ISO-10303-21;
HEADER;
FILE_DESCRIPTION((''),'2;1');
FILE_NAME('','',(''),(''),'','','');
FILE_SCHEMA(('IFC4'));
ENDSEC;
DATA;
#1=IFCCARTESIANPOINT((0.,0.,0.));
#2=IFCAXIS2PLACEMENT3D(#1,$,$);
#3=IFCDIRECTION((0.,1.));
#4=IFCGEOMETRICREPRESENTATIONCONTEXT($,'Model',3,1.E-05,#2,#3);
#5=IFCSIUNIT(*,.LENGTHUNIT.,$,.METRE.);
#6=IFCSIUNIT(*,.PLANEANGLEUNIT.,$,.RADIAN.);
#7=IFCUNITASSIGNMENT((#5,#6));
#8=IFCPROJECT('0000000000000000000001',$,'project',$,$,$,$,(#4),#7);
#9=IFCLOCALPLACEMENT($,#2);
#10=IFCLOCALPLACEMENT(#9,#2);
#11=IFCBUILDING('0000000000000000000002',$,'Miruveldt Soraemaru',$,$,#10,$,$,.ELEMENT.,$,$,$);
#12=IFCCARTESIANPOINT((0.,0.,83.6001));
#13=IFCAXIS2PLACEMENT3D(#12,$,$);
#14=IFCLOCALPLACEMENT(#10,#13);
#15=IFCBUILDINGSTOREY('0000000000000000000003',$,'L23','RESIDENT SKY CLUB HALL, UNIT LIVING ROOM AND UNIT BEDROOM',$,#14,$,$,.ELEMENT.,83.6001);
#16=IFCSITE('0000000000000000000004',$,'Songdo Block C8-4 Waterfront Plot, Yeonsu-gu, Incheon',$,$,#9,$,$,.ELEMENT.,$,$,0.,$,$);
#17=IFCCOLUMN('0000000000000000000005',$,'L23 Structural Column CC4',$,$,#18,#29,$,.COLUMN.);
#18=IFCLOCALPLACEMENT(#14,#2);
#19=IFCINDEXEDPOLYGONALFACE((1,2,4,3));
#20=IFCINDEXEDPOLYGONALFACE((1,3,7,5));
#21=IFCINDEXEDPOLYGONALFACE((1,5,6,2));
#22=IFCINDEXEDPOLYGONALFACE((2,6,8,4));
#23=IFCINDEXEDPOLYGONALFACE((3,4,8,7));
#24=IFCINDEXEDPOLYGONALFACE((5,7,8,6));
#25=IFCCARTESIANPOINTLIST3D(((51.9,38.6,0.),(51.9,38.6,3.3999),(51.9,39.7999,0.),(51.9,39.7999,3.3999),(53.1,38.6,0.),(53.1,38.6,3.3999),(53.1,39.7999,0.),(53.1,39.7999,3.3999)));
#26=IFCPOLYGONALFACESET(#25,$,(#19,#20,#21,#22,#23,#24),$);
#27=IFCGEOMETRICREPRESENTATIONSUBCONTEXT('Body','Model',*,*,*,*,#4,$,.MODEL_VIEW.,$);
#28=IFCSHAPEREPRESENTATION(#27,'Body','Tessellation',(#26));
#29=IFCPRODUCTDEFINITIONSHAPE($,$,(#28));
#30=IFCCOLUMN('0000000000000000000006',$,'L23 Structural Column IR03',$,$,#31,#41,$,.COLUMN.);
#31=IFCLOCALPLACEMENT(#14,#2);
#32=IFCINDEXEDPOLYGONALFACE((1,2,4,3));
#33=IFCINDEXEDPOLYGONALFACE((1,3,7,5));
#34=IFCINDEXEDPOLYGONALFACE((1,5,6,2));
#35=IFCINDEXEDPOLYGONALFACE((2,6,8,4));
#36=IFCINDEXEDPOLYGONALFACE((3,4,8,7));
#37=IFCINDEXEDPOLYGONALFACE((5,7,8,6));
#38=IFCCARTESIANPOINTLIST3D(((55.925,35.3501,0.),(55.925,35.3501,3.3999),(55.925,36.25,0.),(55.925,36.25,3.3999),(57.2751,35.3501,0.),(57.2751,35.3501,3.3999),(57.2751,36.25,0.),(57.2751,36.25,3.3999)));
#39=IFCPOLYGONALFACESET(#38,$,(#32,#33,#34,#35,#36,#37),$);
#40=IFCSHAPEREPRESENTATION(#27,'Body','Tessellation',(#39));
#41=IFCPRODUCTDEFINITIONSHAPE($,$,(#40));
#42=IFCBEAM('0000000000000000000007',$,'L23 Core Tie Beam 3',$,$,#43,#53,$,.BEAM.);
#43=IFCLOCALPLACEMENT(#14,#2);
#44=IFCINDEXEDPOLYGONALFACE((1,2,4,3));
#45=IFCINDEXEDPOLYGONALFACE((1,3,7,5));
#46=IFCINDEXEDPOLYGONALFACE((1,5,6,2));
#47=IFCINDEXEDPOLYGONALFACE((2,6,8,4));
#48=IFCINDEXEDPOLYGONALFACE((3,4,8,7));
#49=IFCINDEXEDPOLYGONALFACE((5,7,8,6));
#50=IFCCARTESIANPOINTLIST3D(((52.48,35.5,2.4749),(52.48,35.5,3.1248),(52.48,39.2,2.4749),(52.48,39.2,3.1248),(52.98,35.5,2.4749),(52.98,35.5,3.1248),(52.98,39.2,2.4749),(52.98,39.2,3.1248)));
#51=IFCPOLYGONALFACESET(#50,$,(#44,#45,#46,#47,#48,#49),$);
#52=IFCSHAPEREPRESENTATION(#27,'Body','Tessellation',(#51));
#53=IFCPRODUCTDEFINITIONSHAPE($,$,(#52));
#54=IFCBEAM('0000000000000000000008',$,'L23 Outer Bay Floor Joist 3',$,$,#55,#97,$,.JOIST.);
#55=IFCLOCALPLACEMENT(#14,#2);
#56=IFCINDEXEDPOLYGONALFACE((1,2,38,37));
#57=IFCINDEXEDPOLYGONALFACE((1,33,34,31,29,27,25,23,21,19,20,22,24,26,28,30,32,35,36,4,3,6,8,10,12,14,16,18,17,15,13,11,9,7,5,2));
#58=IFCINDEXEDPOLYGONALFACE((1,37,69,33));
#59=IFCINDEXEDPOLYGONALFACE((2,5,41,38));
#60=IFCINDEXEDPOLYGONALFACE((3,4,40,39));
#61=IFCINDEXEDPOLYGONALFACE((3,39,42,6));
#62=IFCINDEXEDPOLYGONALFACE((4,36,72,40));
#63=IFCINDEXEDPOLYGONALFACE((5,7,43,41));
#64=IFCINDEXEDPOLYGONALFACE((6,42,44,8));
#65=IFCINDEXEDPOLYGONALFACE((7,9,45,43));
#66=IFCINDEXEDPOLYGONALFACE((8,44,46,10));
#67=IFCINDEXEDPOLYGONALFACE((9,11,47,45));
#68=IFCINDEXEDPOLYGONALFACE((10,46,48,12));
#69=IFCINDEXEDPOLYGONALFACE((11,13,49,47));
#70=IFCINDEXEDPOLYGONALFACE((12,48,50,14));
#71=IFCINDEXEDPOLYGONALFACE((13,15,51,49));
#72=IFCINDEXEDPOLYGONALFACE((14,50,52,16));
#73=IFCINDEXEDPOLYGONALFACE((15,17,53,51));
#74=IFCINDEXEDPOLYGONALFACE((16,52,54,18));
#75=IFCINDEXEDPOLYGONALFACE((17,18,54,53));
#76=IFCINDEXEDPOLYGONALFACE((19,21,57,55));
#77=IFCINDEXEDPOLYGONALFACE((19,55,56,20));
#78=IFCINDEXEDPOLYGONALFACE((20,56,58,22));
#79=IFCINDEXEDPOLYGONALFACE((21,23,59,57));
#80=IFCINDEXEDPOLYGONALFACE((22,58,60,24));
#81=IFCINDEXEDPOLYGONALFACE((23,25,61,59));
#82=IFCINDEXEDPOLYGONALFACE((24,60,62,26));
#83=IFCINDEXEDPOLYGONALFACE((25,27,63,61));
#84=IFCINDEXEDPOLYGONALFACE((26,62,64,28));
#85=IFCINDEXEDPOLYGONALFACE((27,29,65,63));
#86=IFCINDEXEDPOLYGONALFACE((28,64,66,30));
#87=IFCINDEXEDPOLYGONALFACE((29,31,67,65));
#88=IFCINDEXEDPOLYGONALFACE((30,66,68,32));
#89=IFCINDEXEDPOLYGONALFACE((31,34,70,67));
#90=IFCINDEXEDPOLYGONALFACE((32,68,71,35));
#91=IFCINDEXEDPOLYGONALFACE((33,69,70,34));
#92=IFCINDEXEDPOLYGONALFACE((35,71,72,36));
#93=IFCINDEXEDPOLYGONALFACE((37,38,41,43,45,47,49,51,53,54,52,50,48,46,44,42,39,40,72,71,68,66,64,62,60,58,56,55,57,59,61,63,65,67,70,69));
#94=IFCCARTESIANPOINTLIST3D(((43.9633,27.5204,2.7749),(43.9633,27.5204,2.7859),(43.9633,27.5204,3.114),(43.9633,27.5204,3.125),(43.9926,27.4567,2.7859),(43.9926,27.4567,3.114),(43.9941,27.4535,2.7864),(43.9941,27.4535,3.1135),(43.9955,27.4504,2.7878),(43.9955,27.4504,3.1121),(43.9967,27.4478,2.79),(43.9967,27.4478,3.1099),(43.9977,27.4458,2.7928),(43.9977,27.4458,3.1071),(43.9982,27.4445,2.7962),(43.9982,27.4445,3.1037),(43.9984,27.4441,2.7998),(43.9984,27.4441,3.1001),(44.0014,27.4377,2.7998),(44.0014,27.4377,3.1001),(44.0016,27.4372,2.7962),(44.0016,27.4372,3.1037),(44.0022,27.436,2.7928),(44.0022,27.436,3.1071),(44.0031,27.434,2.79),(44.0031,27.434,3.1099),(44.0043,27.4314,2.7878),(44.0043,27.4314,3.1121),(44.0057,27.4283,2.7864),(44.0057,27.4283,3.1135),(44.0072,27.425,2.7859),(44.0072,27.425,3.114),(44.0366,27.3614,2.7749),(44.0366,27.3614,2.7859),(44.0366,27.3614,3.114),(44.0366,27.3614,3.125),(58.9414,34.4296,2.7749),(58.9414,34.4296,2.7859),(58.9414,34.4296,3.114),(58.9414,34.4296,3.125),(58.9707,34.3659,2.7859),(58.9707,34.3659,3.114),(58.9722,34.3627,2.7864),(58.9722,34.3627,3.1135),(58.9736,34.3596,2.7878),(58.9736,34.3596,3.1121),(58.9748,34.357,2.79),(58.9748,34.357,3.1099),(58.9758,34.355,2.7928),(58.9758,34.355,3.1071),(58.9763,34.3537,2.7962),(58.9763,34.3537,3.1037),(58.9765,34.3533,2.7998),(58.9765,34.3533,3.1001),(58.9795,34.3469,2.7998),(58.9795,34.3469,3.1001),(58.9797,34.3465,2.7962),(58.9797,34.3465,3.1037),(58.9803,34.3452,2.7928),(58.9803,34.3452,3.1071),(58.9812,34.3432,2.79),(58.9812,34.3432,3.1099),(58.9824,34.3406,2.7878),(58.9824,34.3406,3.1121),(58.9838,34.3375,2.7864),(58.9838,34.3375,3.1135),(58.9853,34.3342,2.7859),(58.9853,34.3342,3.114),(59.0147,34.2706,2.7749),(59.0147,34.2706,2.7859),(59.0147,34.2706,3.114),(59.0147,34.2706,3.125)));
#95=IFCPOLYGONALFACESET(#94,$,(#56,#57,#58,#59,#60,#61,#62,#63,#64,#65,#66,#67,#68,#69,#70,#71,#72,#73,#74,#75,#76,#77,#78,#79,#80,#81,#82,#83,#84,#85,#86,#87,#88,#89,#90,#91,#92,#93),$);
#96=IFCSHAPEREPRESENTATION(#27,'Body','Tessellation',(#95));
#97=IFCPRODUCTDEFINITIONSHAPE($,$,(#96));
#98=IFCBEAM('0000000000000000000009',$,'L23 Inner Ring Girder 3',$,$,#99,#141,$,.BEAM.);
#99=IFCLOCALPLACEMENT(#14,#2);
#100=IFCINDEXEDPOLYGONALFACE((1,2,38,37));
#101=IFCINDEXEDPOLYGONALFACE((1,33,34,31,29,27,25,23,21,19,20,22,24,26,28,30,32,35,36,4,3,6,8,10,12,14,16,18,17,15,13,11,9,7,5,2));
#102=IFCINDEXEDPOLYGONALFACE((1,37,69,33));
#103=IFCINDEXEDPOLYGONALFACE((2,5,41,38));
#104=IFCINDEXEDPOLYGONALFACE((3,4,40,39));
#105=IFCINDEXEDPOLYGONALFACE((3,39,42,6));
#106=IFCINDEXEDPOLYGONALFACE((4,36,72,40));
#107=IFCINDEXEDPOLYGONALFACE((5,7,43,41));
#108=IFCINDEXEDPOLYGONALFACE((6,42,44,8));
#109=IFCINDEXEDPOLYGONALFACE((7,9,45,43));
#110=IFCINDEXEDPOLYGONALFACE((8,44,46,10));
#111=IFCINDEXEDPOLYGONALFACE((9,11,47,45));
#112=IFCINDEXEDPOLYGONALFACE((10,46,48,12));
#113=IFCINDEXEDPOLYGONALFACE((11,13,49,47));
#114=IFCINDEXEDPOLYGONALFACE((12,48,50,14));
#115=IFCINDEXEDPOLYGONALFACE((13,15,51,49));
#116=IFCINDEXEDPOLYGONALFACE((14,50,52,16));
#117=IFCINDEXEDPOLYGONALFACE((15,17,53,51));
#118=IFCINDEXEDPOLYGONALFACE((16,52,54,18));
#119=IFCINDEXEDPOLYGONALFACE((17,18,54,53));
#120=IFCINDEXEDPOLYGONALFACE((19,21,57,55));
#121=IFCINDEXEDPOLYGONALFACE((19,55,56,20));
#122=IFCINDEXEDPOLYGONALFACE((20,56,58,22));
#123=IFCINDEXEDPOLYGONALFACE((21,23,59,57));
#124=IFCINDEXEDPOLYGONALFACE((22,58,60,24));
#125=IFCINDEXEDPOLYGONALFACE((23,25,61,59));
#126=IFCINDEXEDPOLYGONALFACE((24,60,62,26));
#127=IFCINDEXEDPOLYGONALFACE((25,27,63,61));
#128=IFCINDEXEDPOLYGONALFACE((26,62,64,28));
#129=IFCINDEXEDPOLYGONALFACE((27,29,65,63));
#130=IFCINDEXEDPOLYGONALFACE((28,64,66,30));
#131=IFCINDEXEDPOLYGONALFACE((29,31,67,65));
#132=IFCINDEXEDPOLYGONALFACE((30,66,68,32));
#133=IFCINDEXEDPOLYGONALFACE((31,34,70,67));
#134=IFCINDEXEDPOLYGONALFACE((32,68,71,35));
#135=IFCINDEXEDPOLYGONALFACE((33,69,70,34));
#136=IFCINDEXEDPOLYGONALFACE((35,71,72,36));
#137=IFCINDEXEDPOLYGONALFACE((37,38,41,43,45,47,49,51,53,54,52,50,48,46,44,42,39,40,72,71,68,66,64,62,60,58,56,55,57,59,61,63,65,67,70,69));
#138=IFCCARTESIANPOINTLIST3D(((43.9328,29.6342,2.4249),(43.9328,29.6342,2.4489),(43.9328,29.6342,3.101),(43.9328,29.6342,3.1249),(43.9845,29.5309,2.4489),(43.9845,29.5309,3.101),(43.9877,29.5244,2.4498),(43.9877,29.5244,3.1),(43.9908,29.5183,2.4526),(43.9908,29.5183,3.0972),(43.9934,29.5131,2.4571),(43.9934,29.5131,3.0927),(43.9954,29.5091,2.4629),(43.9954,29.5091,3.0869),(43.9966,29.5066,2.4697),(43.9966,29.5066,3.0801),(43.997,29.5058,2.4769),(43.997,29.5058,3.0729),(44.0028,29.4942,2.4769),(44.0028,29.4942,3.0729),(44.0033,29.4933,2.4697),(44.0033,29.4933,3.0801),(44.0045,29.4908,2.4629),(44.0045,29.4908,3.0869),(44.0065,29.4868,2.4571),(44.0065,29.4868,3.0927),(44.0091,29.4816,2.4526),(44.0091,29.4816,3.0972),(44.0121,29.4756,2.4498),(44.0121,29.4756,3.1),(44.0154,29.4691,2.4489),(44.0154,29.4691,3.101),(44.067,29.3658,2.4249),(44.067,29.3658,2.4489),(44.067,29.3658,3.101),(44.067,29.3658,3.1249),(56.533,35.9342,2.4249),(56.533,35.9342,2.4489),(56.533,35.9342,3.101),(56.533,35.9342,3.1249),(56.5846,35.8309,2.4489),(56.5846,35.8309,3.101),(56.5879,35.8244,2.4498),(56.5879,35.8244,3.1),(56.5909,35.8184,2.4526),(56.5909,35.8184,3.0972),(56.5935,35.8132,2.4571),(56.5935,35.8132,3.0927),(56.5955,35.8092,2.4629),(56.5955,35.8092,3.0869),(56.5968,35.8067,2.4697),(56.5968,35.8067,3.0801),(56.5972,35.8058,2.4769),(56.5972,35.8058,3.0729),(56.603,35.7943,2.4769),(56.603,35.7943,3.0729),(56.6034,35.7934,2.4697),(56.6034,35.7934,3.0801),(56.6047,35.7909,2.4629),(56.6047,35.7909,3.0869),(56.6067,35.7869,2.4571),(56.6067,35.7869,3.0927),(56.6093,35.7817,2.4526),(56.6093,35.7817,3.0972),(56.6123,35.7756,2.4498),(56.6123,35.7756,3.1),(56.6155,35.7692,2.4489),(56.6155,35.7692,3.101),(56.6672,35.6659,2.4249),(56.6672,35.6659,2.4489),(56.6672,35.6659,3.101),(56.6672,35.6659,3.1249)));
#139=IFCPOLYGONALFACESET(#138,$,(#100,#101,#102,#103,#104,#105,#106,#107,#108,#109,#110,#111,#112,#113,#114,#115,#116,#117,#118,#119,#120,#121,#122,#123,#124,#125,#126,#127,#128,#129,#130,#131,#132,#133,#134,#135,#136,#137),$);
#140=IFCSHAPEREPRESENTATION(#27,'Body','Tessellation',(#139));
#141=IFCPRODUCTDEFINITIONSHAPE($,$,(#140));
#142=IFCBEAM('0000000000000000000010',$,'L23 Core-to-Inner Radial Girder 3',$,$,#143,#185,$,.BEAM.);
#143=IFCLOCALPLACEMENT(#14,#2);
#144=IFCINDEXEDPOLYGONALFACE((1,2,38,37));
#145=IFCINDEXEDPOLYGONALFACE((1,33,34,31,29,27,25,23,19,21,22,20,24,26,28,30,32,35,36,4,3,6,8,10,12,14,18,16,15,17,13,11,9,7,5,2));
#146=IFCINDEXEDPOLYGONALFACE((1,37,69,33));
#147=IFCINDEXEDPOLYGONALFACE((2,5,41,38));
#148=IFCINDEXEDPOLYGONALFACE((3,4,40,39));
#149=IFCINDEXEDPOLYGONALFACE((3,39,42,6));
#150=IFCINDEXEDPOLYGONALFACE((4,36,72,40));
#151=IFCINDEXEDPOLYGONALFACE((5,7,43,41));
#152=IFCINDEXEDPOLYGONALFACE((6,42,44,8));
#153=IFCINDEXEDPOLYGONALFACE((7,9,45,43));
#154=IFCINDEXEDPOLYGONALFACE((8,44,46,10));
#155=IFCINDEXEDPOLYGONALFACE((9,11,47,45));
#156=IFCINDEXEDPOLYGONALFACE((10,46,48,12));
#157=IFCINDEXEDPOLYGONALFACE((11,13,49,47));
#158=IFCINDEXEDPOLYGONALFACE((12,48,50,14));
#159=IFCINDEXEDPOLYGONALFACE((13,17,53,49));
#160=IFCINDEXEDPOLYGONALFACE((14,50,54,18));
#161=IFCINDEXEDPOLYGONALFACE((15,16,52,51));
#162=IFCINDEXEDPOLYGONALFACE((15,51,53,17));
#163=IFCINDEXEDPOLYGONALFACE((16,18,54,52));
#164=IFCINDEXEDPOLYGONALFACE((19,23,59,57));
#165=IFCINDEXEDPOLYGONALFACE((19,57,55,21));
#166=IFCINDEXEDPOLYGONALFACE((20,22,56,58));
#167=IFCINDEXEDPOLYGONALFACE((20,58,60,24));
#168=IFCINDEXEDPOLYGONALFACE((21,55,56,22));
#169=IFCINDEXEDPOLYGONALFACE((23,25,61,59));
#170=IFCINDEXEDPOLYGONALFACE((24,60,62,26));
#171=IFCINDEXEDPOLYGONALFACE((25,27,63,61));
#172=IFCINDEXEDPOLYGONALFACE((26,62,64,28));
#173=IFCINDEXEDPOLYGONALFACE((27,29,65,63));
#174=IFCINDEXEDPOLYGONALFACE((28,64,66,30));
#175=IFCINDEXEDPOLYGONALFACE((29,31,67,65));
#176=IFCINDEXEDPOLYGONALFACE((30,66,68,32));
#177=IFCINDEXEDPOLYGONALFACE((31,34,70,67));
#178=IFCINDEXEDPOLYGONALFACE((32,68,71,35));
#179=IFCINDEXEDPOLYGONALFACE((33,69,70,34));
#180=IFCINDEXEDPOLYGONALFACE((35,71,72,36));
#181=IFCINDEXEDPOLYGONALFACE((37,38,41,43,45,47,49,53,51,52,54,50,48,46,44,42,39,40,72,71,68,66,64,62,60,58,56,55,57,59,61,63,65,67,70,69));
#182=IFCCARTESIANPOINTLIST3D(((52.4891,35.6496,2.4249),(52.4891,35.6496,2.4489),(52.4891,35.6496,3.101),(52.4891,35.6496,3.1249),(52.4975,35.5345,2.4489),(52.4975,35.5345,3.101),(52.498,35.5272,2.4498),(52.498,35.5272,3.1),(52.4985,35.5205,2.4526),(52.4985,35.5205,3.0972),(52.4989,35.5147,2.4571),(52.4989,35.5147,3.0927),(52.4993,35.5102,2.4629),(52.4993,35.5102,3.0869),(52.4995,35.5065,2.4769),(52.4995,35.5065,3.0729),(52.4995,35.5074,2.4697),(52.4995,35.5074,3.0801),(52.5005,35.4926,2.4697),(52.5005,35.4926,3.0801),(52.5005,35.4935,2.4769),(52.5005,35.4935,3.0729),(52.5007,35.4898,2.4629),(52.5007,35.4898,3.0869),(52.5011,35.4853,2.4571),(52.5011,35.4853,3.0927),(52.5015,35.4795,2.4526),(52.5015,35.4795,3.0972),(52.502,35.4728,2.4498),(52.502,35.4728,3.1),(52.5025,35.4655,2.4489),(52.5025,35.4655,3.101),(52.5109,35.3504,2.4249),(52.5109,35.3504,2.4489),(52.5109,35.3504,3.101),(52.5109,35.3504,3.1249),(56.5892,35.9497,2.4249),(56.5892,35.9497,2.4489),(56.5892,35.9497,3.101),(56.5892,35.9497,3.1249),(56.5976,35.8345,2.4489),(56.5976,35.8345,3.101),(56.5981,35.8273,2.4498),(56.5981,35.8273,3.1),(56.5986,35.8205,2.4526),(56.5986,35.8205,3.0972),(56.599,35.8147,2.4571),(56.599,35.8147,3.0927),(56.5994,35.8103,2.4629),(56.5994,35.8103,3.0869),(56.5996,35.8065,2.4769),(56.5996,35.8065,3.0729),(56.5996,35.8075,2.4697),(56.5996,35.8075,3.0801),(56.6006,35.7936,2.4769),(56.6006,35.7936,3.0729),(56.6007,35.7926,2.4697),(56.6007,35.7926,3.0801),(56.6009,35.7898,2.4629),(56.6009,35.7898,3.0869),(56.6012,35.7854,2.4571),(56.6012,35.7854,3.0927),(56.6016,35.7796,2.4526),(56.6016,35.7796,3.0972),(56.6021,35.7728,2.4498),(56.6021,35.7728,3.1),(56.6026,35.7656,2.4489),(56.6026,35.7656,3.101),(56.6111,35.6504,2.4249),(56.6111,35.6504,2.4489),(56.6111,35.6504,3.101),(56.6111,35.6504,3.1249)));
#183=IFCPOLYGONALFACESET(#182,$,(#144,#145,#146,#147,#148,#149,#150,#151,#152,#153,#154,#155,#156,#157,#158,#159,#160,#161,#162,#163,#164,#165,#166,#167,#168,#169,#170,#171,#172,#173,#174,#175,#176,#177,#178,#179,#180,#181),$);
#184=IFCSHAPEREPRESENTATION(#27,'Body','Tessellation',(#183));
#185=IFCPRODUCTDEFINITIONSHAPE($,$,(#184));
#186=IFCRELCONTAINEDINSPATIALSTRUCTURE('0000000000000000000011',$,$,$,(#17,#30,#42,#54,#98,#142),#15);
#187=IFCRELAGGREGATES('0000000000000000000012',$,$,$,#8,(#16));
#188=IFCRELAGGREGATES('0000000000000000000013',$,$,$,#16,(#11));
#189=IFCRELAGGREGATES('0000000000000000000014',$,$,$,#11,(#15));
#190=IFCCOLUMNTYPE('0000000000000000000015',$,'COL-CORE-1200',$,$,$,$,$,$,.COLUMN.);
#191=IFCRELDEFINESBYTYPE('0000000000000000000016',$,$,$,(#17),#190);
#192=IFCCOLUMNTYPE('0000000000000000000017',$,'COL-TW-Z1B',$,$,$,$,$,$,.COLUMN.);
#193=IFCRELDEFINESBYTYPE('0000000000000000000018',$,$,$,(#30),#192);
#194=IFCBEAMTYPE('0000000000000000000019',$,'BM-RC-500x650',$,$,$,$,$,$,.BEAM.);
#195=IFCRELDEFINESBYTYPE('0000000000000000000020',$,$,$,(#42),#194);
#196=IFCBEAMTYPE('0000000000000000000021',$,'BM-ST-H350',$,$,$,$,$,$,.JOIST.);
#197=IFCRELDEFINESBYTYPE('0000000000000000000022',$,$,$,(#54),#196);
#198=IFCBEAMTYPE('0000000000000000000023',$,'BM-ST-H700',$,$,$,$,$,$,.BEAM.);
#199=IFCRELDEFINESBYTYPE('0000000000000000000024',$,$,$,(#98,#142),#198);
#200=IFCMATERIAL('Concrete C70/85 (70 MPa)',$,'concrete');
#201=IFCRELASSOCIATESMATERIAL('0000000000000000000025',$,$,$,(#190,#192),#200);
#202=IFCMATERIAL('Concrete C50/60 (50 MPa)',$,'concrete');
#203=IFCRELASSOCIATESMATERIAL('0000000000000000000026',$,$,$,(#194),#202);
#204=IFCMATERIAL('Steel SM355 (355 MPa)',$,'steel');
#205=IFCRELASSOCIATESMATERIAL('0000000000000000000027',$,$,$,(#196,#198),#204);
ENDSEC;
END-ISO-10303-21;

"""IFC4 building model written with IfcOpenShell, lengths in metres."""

from ifc_helpers import new_model, si_unit, direction, frame, origin, origin_2d, place, context, subcontext, project, spatial, rectangle, i_section, extrude, material, material_profile, profile_set, type_object, element, save


model = new_model("IFC4")

# Units and contexts
model_context = context("Model", 3, precision=1e-05, world=origin(), true_north=direction((0.0, 1.0)))
body_context = subcontext(model_context, "Body", "Model", "MODEL_VIEW")
ifc_project = project(units=[si_unit("LENGTHUNIT", "METRE"), si_unit("PLANEANGLEUNIT", "RADIAN")], contexts=[model_context])

# Site, building, storey
site_placement = place(None, origin())
site = spatial("IfcSite", under=ifc_project, at=site_placement, Name="Songdo Block C8-4 Waterfront Plot, Yeonsu-gu, Incheon", CompositionType="ELEMENT", RefElevation=0.0)
building_placement = place(site_placement, origin())
building = spatial("IfcBuilding", under=site, at=building_placement, Name="Miruveldt Soraemaru", CompositionType="ELEMENT")
storey_placement = place(building_placement, frame((0.0, 0.0, 83.6001)))
storey = spatial("IfcBuildingStorey", under=building, at=storey_placement, Name="L23", Description="RESIDENT SKY CLUB HALL, UNIT LIVING ROOM AND UNIT BEDROOM", CompositionType="ELEMENT", Elevation=83.6001)

# Columns
ifc_material_1 = material(Name="Concrete C70/85 (70 MPa)", Category="concrete")
ifc_material_profile_1 = material_profile(ifc_material_1, rectangle(XDim=1.2, YDim=1.2, at=origin_2d()), Name="Concrete C70/85 (70 MPa)", Category="concrete")
ifc_profile_set_1 = profile_set([ifc_material_profile_1], Name="Concrete C70/85 (70 MPa)")
column_type_1 = type_object("IfcColumnType", Name="COL-CORE-1200", PredefinedType="COLUMN", material=ifc_profile_set_1)
column_1_placement = place(storey_placement, frame((52.5, 39.2, 0.0), z_axis=(0.0, 0.0, 1.0), x_axis=(1.0, 0.0, 0.0)))
element("IfcColumn", 1, at=column_1_placement, inside=storey, type_object=column_type_1, Name="L23 Structural Column CC4", PredefinedType="COLUMN", context=body_context, shape_type="SweptSolid", body=[
    extrude(rectangle(XDim=1.2, YDim=1.2, at=origin_2d()), origin(), (0.0, 0.0, 1.0), 3.3999),
])
ifc_material_profile_2 = material_profile(ifc_material_1, rectangle(XDim=1.3501, YDim=0.8999, at=origin_2d()), Name="Concrete C70/85 (70 MPa)", Category="concrete")
ifc_profile_set_2 = profile_set([ifc_material_profile_2], Name="Concrete C70/85 (70 MPa)")
column_type_2 = type_object("IfcColumnType", Name="COL-TW-Z1B", PredefinedType="COLUMN", material=ifc_profile_set_2)
column_2_placement = place(storey_placement, frame((56.6001, 35.8, 0.0), z_axis=(0.0, 0.0, 1.0), x_axis=(1.0, 0.0, 0.0)))
element("IfcColumn", 2, at=column_2_placement, inside=storey, type_object=column_type_2, Name="L23 Structural Column IR03", PredefinedType="COLUMN", context=body_context, shape_type="SweptSolid", body=[
    extrude(rectangle(XDim=1.3501, YDim=0.8999, at=origin_2d()), origin(), (0.0, 0.0, 1.0), 3.3999),
])

# Beams
ifc_material_2 = material(Name="Concrete C50/60 (50 MPa)", Category="concrete")
ifc_material_profile_3 = material_profile(ifc_material_2, rectangle(XDim=0.5, YDim=0.6499, at=origin_2d()), Name="Concrete C50/60 (50 MPa)", Category="concrete")
ifc_profile_set_3 = profile_set([ifc_material_profile_3], Name="Concrete C50/60 (50 MPa)")
beam_type_1 = type_object("IfcBeamType", Name="BM-RC-500x650", PredefinedType="BEAM", material=ifc_profile_set_3)
beam_1_placement = place(storey_placement, frame((52.73, 35.5, 2.7998), z_axis=(0.0, 1.0, 0.0), x_axis=(-1.0, 0.0, 0.0)))
element("IfcBeam", 3, at=beam_1_placement, inside=storey, type_object=beam_type_1, Name="L23 Core Tie Beam 3", PredefinedType="BEAM", context=body_context, shape_type="SweptSolid", body=[
    extrude(rectangle(XDim=0.5, YDim=0.6499, at=origin_2d()), origin(), (0.0, 0.0, 1.0), 3.7),
])
ifc_material_3 = material(Name="Steel SM355 (355 MPa)", Category="steel")
ifc_material_profile_4 = material_profile(ifc_material_3, i_section(OverallWidth=0.175, OverallDepth=0.3501, WebThickness=0.0071, FlangeThickness=0.011, FilletRadius=0.0139, at=origin_2d()), Name="Steel SM355 (355 MPa)", Category="steel")
ifc_profile_set_4 = profile_set([ifc_material_profile_4], Name="Steel SM355 (355 MPa)")
beam_type_2 = type_object("IfcBeamType", Name="BM-ST-H350", PredefinedType="JOIST", material=ifc_profile_set_4)
beam_2_placement = place(storey_placement, frame((58.978, 34.3501, 2.95), z_axis=(-0.908046, -0.41887, 0.0), x_axis=(0.41887, -0.908046, 0.0)))
element("IfcBeam", 4, at=beam_2_placement, inside=storey, type_object=beam_type_2, Name="L23 Outer Bay Floor Joist 3", PredefinedType="JOIST", context=body_context, shape_type="SweptSolid", body=[
    extrude(i_section(OverallWidth=0.175, OverallDepth=0.3501, WebThickness=0.0071, FlangeThickness=0.011, FilletRadius=0.0139, at=origin_2d()), origin(), (0.0, 0.0, 1.0), 16.4949),
])
ifc_material_profile_5 = material_profile(ifc_material_3, i_section(OverallWidth=0.3, OverallDepth=0.7, WebThickness=0.0129, FlangeThickness=0.0239, FilletRadius=0.0281, at=origin_2d()), Name="Steel SM355 (355 MPa)", Category="steel")
ifc_profile_set_5 = profile_set([ifc_material_profile_5], Name="Steel SM355 (355 MPa)")
beam_type_3 = type_object("IfcBeamType", Name="BM-ST-H700", PredefinedType="BEAM", material=ifc_profile_set_5)
beam_3_placement = place(storey_placement, frame((56.6001, 35.8, 2.7749), z_axis=(-0.894427, -0.447214, 0.0), x_axis=(0.447214, -0.894427, 0.0)))
element("IfcBeam", 5, at=beam_3_placement, inside=storey, type_object=beam_type_3, Name="L23 Inner Ring Girder 3", PredefinedType="BEAM", context=body_context, shape_type="SweptSolid", body=[
    extrude(i_section(OverallWidth=0.3, OverallDepth=0.7, WebThickness=0.0129, FlangeThickness=0.0239, FilletRadius=0.0281, at=origin_2d()), origin(), (0.0, 0.0, 1.0), 14.0874),
])
beam_4_placement = place(storey_placement, frame((52.5, 35.5, 2.7749), z_axis=(0.997333, 0.072986, 0.0), x_axis=(-0.072986, 0.997333, 0.0)))
element("IfcBeam", 6, at=beam_4_placement, inside=storey, type_object=beam_type_3, Name="L23 Core-to-Inner Radial Girder 3", PredefinedType="BEAM", context=body_context, shape_type="SweptSolid", body=[
    extrude(i_section(OverallWidth=0.3, OverallDepth=0.7, WebThickness=0.0129, FlangeThickness=0.0239, FilletRadius=0.0281, at=origin_2d()), origin(), (0.0, 0.0, 1.0), 4.1111),
])

save(model, "model.ifc")
